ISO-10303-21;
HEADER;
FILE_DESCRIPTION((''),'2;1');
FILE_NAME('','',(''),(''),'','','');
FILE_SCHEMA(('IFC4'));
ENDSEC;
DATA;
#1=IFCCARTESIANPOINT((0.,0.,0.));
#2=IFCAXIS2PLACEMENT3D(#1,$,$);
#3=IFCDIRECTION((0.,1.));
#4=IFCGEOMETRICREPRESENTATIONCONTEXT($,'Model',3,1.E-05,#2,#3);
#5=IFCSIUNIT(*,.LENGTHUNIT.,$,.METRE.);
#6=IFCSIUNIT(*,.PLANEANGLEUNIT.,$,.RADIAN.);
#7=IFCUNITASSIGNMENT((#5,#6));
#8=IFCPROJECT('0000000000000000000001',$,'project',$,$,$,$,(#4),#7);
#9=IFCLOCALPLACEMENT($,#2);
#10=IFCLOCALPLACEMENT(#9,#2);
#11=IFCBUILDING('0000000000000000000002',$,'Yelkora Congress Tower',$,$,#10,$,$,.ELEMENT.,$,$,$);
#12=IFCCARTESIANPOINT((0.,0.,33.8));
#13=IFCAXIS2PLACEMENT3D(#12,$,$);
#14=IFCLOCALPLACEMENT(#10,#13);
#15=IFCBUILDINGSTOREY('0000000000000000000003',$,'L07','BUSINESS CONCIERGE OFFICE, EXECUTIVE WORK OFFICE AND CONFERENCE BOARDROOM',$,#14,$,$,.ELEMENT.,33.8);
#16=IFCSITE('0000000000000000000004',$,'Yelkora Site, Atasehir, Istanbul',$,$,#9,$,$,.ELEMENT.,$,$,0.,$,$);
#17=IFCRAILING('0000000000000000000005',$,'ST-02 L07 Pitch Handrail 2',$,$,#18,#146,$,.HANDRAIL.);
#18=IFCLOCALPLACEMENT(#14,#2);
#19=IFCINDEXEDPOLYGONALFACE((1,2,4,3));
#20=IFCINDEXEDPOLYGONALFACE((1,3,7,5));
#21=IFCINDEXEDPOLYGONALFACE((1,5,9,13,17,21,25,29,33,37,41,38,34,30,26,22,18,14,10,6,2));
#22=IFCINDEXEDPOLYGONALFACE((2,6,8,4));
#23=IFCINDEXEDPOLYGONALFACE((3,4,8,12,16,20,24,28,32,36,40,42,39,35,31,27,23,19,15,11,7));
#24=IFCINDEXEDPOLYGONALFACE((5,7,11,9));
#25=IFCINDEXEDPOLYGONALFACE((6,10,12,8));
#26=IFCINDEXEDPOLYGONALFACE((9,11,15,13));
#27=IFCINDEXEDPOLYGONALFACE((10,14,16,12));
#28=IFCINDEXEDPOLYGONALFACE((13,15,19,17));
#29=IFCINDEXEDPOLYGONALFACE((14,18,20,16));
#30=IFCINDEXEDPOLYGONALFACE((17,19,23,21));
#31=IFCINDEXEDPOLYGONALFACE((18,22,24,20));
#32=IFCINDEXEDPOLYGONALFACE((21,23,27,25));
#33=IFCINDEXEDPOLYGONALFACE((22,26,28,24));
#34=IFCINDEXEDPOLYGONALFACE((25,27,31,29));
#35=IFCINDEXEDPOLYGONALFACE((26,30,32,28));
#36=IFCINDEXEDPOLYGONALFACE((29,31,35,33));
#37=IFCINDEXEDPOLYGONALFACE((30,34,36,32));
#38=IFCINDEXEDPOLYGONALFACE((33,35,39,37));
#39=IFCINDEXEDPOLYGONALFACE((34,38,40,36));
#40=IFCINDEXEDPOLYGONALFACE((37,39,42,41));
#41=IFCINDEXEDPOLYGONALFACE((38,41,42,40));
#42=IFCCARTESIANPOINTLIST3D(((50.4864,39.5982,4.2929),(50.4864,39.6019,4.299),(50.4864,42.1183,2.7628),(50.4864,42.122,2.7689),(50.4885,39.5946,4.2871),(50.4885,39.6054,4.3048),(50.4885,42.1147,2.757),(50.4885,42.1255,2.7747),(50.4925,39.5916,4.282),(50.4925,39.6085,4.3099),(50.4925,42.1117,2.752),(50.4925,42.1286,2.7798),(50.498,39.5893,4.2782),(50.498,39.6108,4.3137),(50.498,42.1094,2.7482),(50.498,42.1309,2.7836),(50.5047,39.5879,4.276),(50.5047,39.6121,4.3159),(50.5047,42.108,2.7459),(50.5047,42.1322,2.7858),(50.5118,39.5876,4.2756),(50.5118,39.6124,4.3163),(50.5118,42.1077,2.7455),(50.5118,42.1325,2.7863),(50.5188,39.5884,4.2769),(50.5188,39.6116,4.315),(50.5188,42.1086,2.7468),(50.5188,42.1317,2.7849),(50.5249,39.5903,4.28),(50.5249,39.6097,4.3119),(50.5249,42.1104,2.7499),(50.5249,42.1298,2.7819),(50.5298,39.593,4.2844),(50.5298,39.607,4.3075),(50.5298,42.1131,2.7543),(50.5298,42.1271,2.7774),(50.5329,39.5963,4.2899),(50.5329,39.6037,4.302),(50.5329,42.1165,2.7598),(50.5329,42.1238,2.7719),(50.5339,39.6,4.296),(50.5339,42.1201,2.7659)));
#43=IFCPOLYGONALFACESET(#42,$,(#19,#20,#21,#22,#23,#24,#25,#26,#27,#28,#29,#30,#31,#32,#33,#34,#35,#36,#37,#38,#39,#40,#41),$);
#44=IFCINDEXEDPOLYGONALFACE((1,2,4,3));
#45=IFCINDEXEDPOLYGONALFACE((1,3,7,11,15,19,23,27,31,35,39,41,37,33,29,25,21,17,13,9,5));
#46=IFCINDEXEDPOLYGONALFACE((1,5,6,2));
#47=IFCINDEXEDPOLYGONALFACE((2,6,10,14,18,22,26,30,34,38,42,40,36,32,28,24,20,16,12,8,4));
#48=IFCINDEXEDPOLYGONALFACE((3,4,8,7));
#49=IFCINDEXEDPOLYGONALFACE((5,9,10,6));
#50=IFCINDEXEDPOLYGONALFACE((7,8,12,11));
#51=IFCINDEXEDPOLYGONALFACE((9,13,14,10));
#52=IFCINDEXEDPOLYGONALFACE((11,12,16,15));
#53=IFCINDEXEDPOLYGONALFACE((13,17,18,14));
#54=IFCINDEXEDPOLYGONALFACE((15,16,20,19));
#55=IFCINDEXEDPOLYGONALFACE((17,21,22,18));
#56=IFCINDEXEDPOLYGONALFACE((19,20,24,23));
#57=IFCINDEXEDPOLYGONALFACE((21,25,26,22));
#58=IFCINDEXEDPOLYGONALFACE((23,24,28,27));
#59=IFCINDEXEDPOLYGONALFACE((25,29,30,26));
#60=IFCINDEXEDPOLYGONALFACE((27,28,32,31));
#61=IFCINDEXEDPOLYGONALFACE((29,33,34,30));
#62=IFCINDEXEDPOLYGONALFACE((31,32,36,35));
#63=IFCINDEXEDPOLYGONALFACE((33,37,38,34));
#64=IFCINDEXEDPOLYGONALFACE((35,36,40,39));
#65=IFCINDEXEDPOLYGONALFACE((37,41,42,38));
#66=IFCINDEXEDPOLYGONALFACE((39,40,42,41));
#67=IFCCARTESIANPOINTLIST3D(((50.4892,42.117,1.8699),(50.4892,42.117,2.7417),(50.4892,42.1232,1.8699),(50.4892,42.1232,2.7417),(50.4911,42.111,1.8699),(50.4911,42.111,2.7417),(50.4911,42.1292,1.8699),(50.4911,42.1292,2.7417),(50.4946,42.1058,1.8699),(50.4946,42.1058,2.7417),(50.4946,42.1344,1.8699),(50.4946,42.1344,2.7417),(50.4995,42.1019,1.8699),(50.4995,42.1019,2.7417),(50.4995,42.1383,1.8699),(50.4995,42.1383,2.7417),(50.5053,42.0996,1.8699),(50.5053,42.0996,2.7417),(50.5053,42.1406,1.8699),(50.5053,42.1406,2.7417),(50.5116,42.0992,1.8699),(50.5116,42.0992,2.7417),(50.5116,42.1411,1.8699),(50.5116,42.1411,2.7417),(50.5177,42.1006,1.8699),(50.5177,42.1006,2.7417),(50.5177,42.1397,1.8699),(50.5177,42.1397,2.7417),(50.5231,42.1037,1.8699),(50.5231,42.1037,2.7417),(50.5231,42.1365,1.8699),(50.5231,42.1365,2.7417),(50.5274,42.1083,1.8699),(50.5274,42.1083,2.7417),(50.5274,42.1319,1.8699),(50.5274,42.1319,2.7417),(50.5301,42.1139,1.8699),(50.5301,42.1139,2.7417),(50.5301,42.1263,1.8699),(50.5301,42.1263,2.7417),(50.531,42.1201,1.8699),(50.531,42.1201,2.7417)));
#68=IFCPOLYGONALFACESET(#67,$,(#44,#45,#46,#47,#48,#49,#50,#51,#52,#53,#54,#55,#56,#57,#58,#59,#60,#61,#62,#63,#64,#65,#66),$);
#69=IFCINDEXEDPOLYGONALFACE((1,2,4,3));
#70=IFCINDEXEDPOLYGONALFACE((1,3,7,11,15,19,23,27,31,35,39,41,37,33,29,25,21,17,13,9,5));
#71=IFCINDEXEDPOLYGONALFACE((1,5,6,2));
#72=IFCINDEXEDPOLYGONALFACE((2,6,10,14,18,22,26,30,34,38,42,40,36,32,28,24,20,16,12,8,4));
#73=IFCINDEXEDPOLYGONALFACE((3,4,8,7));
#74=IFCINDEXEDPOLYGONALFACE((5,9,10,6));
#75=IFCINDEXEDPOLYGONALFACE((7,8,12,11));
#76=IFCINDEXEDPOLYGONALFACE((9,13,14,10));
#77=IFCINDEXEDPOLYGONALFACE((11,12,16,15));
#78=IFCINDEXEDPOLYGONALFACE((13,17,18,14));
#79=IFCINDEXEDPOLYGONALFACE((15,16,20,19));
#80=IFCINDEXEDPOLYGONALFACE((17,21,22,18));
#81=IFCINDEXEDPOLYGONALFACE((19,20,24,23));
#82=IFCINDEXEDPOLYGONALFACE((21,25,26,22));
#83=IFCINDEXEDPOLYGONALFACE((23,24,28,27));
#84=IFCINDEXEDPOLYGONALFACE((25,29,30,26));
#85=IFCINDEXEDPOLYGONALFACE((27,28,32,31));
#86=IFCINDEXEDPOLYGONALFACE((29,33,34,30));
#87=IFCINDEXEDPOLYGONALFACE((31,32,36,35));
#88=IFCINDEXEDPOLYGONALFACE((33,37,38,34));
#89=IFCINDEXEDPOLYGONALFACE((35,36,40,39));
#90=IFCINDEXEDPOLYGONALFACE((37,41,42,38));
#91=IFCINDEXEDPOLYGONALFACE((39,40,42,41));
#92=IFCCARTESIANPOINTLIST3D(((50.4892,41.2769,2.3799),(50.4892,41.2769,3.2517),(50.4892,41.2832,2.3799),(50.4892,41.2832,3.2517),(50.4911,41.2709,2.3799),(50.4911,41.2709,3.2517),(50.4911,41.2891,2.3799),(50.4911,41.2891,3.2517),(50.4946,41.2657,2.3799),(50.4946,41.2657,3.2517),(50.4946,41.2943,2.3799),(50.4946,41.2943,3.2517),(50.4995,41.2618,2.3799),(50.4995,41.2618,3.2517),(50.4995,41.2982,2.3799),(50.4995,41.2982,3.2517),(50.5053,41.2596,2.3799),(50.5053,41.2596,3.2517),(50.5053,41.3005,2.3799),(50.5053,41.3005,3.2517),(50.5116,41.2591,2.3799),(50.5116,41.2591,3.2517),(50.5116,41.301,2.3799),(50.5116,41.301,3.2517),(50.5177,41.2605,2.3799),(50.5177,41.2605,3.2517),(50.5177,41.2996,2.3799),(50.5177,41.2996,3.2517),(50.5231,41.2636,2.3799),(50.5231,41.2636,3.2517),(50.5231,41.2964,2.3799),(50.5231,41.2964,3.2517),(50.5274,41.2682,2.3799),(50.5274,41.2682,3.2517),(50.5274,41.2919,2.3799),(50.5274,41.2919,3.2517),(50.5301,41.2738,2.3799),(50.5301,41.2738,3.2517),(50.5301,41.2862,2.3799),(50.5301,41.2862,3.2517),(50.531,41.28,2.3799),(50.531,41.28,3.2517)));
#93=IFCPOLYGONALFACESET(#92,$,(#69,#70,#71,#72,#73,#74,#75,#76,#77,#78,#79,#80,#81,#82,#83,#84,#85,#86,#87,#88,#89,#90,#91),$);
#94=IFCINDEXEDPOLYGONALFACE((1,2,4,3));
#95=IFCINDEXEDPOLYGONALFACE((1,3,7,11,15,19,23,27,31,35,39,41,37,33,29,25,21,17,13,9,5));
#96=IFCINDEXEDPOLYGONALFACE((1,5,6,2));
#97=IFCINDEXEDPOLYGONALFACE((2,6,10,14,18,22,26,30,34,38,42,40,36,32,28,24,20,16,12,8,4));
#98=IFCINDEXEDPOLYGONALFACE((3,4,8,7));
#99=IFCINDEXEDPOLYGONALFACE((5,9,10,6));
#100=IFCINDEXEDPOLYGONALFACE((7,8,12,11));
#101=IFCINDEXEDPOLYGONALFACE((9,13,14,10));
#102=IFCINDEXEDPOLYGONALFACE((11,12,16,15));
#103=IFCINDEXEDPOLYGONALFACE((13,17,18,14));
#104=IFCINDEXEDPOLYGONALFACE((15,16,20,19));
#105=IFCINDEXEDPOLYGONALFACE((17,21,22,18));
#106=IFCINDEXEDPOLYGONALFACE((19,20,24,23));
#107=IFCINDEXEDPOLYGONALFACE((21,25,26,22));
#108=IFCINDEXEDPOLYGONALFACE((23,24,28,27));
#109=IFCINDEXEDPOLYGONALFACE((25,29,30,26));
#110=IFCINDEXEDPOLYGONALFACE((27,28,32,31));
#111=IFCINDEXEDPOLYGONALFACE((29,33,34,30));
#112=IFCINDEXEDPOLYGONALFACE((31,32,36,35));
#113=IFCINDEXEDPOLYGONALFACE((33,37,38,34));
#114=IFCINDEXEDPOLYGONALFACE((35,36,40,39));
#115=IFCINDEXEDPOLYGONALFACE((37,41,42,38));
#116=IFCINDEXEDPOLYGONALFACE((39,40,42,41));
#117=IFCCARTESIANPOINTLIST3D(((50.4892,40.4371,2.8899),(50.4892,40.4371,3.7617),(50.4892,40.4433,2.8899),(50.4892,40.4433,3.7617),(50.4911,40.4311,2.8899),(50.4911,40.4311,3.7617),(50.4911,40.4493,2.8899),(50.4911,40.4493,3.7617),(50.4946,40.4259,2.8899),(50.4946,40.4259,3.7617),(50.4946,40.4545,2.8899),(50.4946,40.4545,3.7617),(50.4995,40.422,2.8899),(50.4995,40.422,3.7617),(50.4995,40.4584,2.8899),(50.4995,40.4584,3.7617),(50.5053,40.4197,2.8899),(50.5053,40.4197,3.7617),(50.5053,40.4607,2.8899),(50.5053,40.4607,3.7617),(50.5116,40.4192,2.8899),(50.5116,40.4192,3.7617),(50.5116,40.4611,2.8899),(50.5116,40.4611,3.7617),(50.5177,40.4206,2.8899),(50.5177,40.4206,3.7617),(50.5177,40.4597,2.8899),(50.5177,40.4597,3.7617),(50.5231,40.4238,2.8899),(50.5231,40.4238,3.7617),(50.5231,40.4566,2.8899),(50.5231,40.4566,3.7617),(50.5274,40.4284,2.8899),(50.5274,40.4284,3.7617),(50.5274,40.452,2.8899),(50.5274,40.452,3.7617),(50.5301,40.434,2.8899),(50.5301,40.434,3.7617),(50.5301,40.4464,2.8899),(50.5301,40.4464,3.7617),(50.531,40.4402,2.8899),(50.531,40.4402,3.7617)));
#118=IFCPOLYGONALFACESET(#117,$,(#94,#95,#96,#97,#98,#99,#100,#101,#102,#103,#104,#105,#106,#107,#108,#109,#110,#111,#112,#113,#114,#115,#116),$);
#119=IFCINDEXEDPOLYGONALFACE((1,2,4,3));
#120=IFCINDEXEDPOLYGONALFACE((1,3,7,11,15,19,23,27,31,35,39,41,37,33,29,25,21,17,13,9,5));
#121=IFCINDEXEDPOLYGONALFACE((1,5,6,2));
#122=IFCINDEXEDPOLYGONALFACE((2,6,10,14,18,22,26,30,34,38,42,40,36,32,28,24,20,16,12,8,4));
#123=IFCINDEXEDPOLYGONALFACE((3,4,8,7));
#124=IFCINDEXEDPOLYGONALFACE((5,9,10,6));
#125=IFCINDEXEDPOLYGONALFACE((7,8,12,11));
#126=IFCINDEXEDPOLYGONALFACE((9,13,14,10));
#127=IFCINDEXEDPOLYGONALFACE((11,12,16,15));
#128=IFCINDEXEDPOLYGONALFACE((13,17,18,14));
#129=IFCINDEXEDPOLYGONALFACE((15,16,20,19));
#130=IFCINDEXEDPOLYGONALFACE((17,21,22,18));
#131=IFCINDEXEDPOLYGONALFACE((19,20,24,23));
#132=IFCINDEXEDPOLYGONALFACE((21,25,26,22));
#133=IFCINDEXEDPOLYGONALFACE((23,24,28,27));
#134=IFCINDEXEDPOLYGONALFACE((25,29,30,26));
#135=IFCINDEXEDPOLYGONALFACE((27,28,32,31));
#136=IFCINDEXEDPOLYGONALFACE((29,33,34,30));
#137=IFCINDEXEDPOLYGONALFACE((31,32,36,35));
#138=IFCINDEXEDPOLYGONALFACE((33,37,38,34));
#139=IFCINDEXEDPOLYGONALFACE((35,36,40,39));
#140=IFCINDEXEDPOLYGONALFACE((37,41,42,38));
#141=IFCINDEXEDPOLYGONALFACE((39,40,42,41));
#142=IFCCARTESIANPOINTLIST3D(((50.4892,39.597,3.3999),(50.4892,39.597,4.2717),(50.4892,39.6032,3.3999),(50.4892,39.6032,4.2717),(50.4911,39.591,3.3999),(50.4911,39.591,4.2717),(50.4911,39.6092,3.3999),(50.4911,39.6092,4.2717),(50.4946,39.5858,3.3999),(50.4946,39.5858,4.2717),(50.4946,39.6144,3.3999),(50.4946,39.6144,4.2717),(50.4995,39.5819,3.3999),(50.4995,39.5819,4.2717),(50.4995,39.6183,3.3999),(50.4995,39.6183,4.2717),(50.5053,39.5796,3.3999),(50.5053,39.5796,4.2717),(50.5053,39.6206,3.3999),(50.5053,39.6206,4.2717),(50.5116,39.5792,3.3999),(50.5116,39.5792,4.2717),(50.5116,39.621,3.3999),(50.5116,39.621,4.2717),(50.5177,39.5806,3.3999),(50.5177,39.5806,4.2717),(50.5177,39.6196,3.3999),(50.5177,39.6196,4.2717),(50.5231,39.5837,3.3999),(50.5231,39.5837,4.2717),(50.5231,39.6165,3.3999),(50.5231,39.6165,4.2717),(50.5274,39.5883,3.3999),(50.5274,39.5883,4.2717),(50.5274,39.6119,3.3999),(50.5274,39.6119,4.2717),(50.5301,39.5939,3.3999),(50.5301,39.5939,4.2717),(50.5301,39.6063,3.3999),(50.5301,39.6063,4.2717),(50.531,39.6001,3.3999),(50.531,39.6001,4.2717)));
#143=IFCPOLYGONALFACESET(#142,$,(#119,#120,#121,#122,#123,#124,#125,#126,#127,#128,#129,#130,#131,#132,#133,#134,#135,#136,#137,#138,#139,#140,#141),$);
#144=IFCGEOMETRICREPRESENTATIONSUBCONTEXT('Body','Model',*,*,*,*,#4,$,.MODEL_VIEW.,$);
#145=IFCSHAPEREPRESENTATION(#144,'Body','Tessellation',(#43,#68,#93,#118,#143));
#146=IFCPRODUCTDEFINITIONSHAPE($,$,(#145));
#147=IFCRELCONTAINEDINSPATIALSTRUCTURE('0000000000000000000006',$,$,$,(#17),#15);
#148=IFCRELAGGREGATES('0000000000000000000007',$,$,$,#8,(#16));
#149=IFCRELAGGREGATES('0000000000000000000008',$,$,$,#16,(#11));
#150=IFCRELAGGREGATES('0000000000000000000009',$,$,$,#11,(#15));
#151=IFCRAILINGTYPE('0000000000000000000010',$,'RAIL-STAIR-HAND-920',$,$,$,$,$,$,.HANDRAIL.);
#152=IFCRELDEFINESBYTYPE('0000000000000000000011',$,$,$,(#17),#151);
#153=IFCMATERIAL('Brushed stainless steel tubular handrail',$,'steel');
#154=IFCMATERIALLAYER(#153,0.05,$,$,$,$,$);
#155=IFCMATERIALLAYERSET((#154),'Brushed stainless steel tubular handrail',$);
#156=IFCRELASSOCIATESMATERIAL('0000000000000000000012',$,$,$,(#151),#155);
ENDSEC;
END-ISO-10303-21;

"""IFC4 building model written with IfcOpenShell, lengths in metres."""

from ifc_helpers import new_model, si_unit, direction, frame, origin, origin_2d, place, context, subcontext, project, spatial, circle, extrude, material, layer, layer_set, type_object, element, save


model = new_model("IFC4")

# Units and contexts
model_context = context("Model", 3, precision=1e-05, world=origin(), true_north=direction((0.0, 1.0)))
body_context = subcontext(model_context, "Body", "Model", "MODEL_VIEW")
ifc_project = project(units=[si_unit("LENGTHUNIT", "METRE"), si_unit("PLANEANGLEUNIT", "RADIAN")], contexts=[model_context])

# Site, building, storey
site_placement = place(None, origin())
site = spatial("IfcSite", under=ifc_project, at=site_placement, Name="Yelkora Site, Atasehir, Istanbul", CompositionType="ELEMENT", RefElevation=0.0)
building_placement = place(site_placement, origin())
building = spatial("IfcBuilding", under=site, at=building_placement, Name="Yelkora Congress Tower", CompositionType="ELEMENT")
storey_placement = place(building_placement, frame((0.0, 0.0, 33.8)))
storey = spatial("IfcBuildingStorey", under=building, at=storey_placement, Name="L07", Description="BUSINESS CONCIERGE OFFICE, EXECUTIVE WORK OFFICE AND CONFERENCE BOARDROOM", CompositionType="ELEMENT", Elevation=33.8)

# Railing
ifc_material_1 = material(Name="Brushed stainless steel tubular handrail", Category="steel")
ifc_layer_1 = layer(ifc_material_1, 0.05)
ifc_layer_set_1 = layer_set([ifc_layer_1], Name="Brushed stainless steel tubular handrail")
railing_type_1 = type_object("IfcRailingType", Name="RAIL-STAIR-HAND-920", PredefinedType="HANDRAIL", material=ifc_layer_set_1)
railing_1_placement = place(storey_placement, frame((50.51, 42.1201, 1.8699)))
element("IfcRailing", 1, at=railing_1_placement, inside=storey, type_object=railing_type_1, Name="ST-02 L07 Pitch Handrail 2", PredefinedType="HANDRAIL", context=body_context, shape_type="SweptSolid", body=[
    extrude(circle(Radius=0.0239, at=origin_2d()), frame((0.0, 0.0, 0.896), z_axis=(0.0, -0.854785, 0.518982), x_axis=(1.0, 0.0, 0.0)), (0.0, 0.0, 1.0), 2.9482),
    extrude(circle(Radius=0.021, at=origin_2d()), origin(), (0.0, 0.0, 1.0), 0.8718),
    extrude(circle(Radius=0.021, at=origin_2d()), frame((0.0, -0.8401, 0.51)), (0.0, 0.0, 1.0), 0.8718),
    extrude(circle(Radius=0.021, at=origin_2d()), frame((0.0, -1.6799, 1.02)), (0.0, 0.0, 1.0), 0.8718),
    extrude(circle(Radius=0.021, at=origin_2d()), frame((0.0, -2.52, 1.53)), (0.0, 0.0, 1.0), 0.8718),
])

save(model, "model.ifc")
